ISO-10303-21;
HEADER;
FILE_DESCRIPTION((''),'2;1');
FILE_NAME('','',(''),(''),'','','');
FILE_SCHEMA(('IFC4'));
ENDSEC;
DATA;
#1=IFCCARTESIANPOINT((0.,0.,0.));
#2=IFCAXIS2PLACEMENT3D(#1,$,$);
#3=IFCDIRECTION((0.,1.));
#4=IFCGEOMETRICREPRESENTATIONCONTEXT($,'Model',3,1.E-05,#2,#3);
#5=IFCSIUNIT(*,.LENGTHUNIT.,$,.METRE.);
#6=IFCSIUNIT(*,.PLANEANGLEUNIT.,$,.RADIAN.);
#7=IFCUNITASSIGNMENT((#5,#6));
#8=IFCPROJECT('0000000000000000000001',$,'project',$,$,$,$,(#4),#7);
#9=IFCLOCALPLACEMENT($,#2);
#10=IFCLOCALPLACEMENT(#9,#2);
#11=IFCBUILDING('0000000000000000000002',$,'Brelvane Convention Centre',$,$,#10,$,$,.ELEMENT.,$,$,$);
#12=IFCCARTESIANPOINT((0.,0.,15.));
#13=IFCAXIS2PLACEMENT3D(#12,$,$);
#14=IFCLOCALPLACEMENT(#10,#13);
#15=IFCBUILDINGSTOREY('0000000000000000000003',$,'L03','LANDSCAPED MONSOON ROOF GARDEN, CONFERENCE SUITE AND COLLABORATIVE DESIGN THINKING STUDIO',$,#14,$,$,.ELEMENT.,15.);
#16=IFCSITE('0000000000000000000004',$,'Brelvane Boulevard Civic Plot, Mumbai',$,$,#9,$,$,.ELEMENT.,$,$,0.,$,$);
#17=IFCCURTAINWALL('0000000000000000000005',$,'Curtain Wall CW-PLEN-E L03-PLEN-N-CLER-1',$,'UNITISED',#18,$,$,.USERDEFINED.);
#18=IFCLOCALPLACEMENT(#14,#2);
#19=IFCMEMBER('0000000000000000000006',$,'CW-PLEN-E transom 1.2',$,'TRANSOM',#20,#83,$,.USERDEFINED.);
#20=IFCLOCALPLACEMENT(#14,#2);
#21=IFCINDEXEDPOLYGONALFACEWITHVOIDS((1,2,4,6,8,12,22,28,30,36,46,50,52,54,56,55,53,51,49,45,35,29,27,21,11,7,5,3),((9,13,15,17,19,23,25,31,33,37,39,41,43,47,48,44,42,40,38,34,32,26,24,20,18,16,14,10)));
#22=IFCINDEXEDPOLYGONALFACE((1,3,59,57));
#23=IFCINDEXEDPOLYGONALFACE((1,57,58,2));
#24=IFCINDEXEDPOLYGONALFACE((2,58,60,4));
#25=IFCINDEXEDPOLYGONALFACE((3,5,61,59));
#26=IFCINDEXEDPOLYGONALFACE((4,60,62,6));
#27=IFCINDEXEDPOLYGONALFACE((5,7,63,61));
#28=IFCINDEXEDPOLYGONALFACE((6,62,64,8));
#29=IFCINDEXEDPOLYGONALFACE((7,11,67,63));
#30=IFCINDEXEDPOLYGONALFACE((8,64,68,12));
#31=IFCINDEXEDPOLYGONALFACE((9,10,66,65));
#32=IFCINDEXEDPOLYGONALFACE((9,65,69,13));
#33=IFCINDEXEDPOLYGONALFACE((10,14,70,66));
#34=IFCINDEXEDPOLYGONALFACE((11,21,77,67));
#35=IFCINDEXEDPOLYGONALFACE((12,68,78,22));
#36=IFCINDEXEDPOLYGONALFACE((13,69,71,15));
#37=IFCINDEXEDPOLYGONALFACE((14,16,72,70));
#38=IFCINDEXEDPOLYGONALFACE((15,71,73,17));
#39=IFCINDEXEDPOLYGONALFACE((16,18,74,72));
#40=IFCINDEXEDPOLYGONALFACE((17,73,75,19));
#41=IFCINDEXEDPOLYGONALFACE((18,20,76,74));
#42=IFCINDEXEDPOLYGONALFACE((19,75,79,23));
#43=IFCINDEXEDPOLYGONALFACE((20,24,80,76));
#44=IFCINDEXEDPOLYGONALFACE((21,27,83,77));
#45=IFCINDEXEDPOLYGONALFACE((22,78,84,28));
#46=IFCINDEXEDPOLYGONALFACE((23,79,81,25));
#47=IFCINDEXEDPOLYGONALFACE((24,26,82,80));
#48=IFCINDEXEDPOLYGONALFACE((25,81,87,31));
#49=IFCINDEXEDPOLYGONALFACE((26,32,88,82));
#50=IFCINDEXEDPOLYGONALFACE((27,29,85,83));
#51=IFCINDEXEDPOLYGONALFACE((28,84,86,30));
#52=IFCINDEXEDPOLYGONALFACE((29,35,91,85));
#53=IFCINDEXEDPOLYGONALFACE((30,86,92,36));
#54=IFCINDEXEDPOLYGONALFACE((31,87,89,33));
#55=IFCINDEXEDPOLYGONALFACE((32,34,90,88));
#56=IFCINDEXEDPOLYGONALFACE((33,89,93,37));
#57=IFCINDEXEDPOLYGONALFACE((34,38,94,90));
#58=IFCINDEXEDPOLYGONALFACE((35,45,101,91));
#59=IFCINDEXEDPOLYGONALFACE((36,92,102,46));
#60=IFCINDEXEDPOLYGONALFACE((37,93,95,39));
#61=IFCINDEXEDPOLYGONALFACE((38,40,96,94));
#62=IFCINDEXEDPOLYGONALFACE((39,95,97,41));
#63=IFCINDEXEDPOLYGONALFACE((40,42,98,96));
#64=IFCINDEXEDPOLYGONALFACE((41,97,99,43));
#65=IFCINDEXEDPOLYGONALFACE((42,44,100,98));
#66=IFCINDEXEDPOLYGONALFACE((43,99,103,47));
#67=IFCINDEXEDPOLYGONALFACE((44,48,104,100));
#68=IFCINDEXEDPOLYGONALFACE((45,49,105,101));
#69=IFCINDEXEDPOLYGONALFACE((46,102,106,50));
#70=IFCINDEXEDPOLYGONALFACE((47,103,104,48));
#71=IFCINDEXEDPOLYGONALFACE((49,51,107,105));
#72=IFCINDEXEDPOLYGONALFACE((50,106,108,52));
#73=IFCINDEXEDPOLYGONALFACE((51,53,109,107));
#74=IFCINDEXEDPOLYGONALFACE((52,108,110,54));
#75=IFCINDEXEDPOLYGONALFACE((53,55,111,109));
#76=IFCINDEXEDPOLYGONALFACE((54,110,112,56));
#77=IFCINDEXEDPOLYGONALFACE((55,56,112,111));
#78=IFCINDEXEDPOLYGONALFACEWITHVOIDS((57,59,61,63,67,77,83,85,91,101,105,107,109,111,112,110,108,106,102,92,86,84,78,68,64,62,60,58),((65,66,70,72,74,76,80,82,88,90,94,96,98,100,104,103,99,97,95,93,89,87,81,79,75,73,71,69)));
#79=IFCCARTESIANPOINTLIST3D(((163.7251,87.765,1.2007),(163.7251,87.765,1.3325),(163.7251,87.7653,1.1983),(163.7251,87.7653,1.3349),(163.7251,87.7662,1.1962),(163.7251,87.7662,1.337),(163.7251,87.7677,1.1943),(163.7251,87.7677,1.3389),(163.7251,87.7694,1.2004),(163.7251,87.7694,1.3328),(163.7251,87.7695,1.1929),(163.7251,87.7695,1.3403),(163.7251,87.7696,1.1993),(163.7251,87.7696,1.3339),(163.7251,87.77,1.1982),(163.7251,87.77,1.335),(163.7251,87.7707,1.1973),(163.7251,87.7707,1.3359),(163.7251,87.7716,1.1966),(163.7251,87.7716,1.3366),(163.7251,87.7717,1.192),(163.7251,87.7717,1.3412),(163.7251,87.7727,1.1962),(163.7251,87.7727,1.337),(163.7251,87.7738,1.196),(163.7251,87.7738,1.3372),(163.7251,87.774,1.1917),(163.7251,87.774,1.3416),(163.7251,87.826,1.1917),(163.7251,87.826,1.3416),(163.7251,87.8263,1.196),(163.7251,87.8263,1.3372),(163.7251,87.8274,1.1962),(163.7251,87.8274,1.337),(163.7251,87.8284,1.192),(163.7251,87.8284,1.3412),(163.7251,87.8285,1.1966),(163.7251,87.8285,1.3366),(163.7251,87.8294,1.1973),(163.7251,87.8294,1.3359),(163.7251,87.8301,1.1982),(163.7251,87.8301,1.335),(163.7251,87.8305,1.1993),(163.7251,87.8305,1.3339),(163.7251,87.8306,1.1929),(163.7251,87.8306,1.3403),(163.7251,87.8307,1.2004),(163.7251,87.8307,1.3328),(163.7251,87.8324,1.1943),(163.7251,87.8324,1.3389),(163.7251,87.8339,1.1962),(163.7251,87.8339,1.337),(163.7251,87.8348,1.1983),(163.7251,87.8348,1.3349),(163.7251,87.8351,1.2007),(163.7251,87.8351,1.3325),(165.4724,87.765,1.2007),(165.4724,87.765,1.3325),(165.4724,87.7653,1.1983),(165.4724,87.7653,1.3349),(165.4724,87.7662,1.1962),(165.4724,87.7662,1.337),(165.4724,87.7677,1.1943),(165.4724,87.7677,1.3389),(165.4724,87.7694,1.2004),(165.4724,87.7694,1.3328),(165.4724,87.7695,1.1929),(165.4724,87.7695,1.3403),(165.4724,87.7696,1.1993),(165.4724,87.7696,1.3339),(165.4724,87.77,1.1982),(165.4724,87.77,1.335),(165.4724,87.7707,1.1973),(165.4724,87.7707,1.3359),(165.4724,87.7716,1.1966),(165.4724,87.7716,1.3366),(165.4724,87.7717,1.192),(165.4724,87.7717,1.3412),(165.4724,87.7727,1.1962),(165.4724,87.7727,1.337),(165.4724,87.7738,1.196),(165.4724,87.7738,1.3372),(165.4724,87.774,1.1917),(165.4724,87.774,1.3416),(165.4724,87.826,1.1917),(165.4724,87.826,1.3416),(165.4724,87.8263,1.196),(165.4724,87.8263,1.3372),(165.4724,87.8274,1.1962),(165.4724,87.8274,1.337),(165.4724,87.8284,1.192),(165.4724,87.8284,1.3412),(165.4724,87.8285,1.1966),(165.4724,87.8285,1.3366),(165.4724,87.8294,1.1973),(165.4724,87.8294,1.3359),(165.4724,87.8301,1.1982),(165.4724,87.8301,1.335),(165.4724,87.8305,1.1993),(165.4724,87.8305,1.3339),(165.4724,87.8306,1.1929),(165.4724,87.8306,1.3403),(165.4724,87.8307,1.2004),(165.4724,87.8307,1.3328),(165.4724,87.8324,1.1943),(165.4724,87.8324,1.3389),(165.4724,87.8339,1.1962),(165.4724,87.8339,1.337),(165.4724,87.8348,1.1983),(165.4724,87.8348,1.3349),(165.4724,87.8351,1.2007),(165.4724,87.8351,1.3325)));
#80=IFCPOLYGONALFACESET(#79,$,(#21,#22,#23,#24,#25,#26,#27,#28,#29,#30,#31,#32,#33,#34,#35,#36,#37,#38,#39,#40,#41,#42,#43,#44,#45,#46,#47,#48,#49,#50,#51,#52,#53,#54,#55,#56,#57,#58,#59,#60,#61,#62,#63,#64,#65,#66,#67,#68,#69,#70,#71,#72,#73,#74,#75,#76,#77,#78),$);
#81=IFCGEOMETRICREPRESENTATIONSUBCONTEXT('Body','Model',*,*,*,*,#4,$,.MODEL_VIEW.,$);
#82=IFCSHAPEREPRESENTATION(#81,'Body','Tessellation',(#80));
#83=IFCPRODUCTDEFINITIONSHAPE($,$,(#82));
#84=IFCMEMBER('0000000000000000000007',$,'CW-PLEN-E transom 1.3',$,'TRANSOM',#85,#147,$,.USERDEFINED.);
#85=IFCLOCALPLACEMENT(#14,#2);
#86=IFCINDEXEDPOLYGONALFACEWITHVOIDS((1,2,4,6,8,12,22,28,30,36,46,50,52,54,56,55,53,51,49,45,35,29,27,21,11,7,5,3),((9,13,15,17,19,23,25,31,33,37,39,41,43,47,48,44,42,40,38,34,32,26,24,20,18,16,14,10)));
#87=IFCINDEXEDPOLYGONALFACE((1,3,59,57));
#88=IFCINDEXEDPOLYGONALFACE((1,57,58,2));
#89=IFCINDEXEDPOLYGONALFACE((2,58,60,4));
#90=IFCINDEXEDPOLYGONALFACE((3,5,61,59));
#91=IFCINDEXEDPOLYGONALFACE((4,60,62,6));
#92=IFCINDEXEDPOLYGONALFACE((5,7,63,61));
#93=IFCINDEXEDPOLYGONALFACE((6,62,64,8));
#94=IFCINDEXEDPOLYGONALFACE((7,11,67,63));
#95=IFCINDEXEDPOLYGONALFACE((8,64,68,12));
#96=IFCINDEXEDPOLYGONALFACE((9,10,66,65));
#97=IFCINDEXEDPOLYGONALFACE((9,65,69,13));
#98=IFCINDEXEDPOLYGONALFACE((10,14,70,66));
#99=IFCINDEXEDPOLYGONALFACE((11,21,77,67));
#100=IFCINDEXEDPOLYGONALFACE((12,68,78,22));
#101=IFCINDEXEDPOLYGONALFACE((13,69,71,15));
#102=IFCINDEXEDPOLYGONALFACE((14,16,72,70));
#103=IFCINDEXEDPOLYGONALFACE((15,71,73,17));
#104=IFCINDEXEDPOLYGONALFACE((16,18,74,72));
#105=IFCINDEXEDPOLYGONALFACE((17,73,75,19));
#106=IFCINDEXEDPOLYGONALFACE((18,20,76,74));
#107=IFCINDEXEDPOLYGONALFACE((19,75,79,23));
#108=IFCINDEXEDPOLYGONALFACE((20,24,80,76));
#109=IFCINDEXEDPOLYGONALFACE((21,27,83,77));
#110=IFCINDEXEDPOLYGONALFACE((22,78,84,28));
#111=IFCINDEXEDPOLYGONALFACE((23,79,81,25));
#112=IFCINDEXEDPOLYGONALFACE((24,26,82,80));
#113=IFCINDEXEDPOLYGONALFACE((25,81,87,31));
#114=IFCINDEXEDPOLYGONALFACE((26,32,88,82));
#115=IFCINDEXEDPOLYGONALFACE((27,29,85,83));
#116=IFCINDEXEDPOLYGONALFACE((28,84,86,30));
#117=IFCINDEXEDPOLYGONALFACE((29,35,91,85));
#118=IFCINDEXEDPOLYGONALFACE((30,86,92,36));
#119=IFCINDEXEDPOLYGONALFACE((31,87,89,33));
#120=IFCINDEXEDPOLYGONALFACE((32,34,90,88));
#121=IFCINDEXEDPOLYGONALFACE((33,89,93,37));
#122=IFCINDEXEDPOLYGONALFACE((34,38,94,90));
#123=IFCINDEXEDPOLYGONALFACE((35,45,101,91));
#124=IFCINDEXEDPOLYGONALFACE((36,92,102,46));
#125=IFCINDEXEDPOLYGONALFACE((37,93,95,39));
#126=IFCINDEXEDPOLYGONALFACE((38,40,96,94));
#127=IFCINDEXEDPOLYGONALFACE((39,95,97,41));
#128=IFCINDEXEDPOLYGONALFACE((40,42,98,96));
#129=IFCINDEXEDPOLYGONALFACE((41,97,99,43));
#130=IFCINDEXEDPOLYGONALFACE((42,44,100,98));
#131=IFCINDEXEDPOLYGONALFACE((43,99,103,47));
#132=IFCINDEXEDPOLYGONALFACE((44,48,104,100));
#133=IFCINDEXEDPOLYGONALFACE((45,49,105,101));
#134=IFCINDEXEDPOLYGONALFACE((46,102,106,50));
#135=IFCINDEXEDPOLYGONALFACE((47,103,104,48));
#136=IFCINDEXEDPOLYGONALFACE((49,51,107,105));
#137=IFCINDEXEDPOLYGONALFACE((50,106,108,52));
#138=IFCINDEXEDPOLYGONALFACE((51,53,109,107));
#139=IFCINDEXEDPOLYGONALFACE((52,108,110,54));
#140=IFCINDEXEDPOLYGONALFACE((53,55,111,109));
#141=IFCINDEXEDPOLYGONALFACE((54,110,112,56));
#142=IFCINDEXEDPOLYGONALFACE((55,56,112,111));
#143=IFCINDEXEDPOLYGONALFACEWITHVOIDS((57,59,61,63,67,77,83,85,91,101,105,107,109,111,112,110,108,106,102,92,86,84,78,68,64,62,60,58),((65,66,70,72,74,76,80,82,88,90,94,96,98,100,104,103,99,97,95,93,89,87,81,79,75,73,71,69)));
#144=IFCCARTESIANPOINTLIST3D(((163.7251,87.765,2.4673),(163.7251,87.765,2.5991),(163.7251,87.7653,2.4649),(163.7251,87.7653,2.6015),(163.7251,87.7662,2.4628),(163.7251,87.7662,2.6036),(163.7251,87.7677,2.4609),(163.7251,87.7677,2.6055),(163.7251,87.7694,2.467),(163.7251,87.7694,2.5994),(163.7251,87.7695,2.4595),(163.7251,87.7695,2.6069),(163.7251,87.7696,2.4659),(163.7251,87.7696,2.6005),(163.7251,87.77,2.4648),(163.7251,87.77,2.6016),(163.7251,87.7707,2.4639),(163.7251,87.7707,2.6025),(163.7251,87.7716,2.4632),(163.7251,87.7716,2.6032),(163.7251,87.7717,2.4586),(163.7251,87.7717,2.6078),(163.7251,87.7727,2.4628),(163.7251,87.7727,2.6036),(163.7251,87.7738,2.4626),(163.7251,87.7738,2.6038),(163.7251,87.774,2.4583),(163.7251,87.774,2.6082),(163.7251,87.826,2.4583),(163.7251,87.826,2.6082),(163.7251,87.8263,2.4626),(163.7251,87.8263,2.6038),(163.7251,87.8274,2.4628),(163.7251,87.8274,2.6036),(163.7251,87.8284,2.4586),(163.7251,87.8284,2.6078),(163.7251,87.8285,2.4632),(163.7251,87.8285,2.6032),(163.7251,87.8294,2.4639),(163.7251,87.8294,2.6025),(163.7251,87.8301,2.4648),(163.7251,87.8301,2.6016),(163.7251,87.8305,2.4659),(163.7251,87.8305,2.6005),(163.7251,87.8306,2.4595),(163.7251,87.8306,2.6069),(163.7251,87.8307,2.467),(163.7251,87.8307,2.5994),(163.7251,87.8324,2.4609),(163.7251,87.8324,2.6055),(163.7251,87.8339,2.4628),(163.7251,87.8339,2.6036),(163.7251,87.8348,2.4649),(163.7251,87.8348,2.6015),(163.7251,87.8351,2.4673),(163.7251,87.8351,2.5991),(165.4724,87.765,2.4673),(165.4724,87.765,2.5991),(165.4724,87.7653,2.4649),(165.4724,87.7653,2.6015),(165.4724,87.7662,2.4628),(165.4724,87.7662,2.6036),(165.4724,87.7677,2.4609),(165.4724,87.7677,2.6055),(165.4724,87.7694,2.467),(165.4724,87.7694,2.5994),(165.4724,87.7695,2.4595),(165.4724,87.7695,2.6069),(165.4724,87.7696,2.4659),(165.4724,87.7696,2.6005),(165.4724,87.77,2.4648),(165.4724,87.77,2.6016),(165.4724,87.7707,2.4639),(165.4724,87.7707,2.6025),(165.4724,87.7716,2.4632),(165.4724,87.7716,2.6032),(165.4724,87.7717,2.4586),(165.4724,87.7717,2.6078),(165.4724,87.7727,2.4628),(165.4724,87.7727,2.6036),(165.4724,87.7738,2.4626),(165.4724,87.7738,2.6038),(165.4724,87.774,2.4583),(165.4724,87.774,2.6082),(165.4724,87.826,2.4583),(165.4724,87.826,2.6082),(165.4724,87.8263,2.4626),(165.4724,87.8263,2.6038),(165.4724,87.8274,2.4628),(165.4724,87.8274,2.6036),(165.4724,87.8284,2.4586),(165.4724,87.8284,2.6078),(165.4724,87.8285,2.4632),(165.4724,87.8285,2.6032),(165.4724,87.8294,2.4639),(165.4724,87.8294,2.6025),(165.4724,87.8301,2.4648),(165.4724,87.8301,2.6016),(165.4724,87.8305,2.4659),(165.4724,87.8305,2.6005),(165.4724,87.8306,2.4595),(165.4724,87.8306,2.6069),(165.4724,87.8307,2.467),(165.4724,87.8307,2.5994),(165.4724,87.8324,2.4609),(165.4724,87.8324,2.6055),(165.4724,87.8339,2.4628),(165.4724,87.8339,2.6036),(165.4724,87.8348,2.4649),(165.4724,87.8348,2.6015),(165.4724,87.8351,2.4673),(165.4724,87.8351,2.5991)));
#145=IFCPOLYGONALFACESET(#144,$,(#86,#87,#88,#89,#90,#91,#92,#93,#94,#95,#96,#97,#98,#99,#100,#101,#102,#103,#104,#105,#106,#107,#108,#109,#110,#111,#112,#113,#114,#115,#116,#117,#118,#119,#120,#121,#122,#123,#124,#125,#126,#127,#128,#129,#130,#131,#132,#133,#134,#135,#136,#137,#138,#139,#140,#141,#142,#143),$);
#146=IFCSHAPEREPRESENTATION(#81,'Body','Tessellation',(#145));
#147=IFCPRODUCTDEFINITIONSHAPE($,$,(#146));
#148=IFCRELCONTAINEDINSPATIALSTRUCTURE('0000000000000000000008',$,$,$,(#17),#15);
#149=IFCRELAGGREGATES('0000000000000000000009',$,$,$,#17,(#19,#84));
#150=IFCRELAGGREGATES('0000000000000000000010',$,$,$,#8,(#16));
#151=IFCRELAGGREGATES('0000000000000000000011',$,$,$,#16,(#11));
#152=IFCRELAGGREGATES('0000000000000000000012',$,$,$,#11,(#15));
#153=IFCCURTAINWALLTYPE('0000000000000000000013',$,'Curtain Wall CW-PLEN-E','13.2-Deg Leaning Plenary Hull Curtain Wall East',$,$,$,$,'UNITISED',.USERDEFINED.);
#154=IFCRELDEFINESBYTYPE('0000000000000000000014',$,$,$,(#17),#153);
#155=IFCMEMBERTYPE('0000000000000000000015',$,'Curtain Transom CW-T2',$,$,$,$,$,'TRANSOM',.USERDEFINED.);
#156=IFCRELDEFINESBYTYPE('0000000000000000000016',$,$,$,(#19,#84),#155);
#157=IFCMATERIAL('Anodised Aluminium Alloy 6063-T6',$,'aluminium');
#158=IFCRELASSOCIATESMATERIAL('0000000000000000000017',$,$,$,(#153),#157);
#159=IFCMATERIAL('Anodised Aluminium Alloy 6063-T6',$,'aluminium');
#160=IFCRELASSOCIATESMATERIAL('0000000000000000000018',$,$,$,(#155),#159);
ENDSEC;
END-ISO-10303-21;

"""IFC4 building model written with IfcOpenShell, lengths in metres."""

from ifc_helpers import new_model, si_unit, direction, frame, origin, origin_2d, place, context, subcontext, project, spatial, hollow_rectangle, extrude, material, material_profile, profile_set, type_object, element, aggregate, save


model = new_model("IFC4")

# Units and contexts
model_context = context("Model", 3, precision=1e-05, world=origin(), true_north=direction((0.0, 1.0)))
body_context = subcontext(model_context, "Body", "Model", "MODEL_VIEW")
ifc_project = project(units=[si_unit("LENGTHUNIT", "METRE"), si_unit("PLANEANGLEUNIT", "RADIAN")], contexts=[model_context])

# Site, building, storey
site_placement = place(None, origin())
site = spatial("IfcSite", under=ifc_project, at=site_placement, Name="Brelvane Boulevard Civic Plot, Mumbai", CompositionType="ELEMENT", RefElevation=0.0)
building_placement = place(site_placement, origin())
building = spatial("IfcBuilding", under=site, at=building_placement, Name="Brelvane Convention Centre", CompositionType="ELEMENT")
storey_placement = place(building_placement, frame((0.0, 0.0, 15.0)))
storey = spatial("IfcBuildingStorey", under=building, at=storey_placement, Name="L03", Description="LANDSCAPED MONSOON ROOF GARDEN, CONFERENCE SUITE AND COLLABORATIVE DESIGN THINKING STUDIO", CompositionType="ELEMENT", Elevation=15.0)

# Curtain wall, members
ifc_material_1 = material(Name="Anodised Aluminium Alloy 6063-T6", Category="aluminium")
curtain_wall_type = type_object("IfcCurtainWallType", Name="Curtain Wall CW-PLEN-E", Description="13.2-Deg Leaning Plenary Hull Curtain Wall East", ElementType="UNITISED", PredefinedType="USERDEFINED", material=ifc_material_1)
curtain_wall_placement = place(storey_placement, origin())
curtain_wall = element("IfcCurtainWall", 1, at=curtain_wall_placement, inside=storey, type_object=curtain_wall_type, Name="Curtain Wall CW-PLEN-E L03-PLEN-N-CLER-1", ObjectType="UNITISED", PredefinedType="USERDEFINED")
ifc_material_2 = material(Name="Anodised Aluminium Alloy 6063-T6", Category="aluminium")
ifc_material_profile_1 = material_profile(ifc_material_2, hollow_rectangle(XDim=0.0701, YDim=0.1499, WallThickness=0.0044, InnerFilletRadius=0.0044, OuterFilletRadius=0.009, at=origin_2d()), Name="ALU-T 150x70x4.5")
ifc_profile_set_1 = profile_set([ifc_material_profile_1], Name="Anodised Aluminium Alloy 6063-T6")
member_type_1 = type_object("IfcMemberType", Name="Curtain Transom CW-T2", ElementType="TRANSOM", PredefinedType="USERDEFINED", material=ifc_profile_set_1)
member_1_placement = place(storey_placement, frame((163.7251, 87.8, 1.2666), z_axis=(1.0, 0.0, 0.0), x_axis=(0.0, 1.0, 0.0)))
member_1 = element("IfcMember", 2, at=member_1_placement, type_object=member_type_1, Name="CW-PLEN-E transom 1.2", ObjectType="TRANSOM", PredefinedType="USERDEFINED", context=body_context, shape_type="SweptSolid", body=[
    extrude(hollow_rectangle(XDim=0.0701, YDim=0.1499, WallThickness=0.0044, InnerFilletRadius=0.0044, OuterFilletRadius=0.009, at=origin_2d()), origin(), (0.0, 0.0, 1.0), 1.7473),
])
member_2_placement = place(storey_placement, frame((163.7251, 87.8, 2.5332), z_axis=(1.0, 0.0, 0.0), x_axis=(0.0, 1.0, 0.0)))
member_2 = element("IfcMember", 3, at=member_2_placement, type_object=member_type_1, Name="CW-PLEN-E transom 1.3", ObjectType="TRANSOM", PredefinedType="USERDEFINED", context=body_context, shape_type="SweptSolid", body=[
    extrude(hollow_rectangle(XDim=0.0701, YDim=0.1499, WallThickness=0.0044, InnerFilletRadius=0.0044, OuterFilletRadius=0.009, at=origin_2d()), origin(), (0.0, 0.0, 1.0), 1.7473),
])

aggregate(curtain_wall, [member_1, member_2])

save(model, "model.ifc")
